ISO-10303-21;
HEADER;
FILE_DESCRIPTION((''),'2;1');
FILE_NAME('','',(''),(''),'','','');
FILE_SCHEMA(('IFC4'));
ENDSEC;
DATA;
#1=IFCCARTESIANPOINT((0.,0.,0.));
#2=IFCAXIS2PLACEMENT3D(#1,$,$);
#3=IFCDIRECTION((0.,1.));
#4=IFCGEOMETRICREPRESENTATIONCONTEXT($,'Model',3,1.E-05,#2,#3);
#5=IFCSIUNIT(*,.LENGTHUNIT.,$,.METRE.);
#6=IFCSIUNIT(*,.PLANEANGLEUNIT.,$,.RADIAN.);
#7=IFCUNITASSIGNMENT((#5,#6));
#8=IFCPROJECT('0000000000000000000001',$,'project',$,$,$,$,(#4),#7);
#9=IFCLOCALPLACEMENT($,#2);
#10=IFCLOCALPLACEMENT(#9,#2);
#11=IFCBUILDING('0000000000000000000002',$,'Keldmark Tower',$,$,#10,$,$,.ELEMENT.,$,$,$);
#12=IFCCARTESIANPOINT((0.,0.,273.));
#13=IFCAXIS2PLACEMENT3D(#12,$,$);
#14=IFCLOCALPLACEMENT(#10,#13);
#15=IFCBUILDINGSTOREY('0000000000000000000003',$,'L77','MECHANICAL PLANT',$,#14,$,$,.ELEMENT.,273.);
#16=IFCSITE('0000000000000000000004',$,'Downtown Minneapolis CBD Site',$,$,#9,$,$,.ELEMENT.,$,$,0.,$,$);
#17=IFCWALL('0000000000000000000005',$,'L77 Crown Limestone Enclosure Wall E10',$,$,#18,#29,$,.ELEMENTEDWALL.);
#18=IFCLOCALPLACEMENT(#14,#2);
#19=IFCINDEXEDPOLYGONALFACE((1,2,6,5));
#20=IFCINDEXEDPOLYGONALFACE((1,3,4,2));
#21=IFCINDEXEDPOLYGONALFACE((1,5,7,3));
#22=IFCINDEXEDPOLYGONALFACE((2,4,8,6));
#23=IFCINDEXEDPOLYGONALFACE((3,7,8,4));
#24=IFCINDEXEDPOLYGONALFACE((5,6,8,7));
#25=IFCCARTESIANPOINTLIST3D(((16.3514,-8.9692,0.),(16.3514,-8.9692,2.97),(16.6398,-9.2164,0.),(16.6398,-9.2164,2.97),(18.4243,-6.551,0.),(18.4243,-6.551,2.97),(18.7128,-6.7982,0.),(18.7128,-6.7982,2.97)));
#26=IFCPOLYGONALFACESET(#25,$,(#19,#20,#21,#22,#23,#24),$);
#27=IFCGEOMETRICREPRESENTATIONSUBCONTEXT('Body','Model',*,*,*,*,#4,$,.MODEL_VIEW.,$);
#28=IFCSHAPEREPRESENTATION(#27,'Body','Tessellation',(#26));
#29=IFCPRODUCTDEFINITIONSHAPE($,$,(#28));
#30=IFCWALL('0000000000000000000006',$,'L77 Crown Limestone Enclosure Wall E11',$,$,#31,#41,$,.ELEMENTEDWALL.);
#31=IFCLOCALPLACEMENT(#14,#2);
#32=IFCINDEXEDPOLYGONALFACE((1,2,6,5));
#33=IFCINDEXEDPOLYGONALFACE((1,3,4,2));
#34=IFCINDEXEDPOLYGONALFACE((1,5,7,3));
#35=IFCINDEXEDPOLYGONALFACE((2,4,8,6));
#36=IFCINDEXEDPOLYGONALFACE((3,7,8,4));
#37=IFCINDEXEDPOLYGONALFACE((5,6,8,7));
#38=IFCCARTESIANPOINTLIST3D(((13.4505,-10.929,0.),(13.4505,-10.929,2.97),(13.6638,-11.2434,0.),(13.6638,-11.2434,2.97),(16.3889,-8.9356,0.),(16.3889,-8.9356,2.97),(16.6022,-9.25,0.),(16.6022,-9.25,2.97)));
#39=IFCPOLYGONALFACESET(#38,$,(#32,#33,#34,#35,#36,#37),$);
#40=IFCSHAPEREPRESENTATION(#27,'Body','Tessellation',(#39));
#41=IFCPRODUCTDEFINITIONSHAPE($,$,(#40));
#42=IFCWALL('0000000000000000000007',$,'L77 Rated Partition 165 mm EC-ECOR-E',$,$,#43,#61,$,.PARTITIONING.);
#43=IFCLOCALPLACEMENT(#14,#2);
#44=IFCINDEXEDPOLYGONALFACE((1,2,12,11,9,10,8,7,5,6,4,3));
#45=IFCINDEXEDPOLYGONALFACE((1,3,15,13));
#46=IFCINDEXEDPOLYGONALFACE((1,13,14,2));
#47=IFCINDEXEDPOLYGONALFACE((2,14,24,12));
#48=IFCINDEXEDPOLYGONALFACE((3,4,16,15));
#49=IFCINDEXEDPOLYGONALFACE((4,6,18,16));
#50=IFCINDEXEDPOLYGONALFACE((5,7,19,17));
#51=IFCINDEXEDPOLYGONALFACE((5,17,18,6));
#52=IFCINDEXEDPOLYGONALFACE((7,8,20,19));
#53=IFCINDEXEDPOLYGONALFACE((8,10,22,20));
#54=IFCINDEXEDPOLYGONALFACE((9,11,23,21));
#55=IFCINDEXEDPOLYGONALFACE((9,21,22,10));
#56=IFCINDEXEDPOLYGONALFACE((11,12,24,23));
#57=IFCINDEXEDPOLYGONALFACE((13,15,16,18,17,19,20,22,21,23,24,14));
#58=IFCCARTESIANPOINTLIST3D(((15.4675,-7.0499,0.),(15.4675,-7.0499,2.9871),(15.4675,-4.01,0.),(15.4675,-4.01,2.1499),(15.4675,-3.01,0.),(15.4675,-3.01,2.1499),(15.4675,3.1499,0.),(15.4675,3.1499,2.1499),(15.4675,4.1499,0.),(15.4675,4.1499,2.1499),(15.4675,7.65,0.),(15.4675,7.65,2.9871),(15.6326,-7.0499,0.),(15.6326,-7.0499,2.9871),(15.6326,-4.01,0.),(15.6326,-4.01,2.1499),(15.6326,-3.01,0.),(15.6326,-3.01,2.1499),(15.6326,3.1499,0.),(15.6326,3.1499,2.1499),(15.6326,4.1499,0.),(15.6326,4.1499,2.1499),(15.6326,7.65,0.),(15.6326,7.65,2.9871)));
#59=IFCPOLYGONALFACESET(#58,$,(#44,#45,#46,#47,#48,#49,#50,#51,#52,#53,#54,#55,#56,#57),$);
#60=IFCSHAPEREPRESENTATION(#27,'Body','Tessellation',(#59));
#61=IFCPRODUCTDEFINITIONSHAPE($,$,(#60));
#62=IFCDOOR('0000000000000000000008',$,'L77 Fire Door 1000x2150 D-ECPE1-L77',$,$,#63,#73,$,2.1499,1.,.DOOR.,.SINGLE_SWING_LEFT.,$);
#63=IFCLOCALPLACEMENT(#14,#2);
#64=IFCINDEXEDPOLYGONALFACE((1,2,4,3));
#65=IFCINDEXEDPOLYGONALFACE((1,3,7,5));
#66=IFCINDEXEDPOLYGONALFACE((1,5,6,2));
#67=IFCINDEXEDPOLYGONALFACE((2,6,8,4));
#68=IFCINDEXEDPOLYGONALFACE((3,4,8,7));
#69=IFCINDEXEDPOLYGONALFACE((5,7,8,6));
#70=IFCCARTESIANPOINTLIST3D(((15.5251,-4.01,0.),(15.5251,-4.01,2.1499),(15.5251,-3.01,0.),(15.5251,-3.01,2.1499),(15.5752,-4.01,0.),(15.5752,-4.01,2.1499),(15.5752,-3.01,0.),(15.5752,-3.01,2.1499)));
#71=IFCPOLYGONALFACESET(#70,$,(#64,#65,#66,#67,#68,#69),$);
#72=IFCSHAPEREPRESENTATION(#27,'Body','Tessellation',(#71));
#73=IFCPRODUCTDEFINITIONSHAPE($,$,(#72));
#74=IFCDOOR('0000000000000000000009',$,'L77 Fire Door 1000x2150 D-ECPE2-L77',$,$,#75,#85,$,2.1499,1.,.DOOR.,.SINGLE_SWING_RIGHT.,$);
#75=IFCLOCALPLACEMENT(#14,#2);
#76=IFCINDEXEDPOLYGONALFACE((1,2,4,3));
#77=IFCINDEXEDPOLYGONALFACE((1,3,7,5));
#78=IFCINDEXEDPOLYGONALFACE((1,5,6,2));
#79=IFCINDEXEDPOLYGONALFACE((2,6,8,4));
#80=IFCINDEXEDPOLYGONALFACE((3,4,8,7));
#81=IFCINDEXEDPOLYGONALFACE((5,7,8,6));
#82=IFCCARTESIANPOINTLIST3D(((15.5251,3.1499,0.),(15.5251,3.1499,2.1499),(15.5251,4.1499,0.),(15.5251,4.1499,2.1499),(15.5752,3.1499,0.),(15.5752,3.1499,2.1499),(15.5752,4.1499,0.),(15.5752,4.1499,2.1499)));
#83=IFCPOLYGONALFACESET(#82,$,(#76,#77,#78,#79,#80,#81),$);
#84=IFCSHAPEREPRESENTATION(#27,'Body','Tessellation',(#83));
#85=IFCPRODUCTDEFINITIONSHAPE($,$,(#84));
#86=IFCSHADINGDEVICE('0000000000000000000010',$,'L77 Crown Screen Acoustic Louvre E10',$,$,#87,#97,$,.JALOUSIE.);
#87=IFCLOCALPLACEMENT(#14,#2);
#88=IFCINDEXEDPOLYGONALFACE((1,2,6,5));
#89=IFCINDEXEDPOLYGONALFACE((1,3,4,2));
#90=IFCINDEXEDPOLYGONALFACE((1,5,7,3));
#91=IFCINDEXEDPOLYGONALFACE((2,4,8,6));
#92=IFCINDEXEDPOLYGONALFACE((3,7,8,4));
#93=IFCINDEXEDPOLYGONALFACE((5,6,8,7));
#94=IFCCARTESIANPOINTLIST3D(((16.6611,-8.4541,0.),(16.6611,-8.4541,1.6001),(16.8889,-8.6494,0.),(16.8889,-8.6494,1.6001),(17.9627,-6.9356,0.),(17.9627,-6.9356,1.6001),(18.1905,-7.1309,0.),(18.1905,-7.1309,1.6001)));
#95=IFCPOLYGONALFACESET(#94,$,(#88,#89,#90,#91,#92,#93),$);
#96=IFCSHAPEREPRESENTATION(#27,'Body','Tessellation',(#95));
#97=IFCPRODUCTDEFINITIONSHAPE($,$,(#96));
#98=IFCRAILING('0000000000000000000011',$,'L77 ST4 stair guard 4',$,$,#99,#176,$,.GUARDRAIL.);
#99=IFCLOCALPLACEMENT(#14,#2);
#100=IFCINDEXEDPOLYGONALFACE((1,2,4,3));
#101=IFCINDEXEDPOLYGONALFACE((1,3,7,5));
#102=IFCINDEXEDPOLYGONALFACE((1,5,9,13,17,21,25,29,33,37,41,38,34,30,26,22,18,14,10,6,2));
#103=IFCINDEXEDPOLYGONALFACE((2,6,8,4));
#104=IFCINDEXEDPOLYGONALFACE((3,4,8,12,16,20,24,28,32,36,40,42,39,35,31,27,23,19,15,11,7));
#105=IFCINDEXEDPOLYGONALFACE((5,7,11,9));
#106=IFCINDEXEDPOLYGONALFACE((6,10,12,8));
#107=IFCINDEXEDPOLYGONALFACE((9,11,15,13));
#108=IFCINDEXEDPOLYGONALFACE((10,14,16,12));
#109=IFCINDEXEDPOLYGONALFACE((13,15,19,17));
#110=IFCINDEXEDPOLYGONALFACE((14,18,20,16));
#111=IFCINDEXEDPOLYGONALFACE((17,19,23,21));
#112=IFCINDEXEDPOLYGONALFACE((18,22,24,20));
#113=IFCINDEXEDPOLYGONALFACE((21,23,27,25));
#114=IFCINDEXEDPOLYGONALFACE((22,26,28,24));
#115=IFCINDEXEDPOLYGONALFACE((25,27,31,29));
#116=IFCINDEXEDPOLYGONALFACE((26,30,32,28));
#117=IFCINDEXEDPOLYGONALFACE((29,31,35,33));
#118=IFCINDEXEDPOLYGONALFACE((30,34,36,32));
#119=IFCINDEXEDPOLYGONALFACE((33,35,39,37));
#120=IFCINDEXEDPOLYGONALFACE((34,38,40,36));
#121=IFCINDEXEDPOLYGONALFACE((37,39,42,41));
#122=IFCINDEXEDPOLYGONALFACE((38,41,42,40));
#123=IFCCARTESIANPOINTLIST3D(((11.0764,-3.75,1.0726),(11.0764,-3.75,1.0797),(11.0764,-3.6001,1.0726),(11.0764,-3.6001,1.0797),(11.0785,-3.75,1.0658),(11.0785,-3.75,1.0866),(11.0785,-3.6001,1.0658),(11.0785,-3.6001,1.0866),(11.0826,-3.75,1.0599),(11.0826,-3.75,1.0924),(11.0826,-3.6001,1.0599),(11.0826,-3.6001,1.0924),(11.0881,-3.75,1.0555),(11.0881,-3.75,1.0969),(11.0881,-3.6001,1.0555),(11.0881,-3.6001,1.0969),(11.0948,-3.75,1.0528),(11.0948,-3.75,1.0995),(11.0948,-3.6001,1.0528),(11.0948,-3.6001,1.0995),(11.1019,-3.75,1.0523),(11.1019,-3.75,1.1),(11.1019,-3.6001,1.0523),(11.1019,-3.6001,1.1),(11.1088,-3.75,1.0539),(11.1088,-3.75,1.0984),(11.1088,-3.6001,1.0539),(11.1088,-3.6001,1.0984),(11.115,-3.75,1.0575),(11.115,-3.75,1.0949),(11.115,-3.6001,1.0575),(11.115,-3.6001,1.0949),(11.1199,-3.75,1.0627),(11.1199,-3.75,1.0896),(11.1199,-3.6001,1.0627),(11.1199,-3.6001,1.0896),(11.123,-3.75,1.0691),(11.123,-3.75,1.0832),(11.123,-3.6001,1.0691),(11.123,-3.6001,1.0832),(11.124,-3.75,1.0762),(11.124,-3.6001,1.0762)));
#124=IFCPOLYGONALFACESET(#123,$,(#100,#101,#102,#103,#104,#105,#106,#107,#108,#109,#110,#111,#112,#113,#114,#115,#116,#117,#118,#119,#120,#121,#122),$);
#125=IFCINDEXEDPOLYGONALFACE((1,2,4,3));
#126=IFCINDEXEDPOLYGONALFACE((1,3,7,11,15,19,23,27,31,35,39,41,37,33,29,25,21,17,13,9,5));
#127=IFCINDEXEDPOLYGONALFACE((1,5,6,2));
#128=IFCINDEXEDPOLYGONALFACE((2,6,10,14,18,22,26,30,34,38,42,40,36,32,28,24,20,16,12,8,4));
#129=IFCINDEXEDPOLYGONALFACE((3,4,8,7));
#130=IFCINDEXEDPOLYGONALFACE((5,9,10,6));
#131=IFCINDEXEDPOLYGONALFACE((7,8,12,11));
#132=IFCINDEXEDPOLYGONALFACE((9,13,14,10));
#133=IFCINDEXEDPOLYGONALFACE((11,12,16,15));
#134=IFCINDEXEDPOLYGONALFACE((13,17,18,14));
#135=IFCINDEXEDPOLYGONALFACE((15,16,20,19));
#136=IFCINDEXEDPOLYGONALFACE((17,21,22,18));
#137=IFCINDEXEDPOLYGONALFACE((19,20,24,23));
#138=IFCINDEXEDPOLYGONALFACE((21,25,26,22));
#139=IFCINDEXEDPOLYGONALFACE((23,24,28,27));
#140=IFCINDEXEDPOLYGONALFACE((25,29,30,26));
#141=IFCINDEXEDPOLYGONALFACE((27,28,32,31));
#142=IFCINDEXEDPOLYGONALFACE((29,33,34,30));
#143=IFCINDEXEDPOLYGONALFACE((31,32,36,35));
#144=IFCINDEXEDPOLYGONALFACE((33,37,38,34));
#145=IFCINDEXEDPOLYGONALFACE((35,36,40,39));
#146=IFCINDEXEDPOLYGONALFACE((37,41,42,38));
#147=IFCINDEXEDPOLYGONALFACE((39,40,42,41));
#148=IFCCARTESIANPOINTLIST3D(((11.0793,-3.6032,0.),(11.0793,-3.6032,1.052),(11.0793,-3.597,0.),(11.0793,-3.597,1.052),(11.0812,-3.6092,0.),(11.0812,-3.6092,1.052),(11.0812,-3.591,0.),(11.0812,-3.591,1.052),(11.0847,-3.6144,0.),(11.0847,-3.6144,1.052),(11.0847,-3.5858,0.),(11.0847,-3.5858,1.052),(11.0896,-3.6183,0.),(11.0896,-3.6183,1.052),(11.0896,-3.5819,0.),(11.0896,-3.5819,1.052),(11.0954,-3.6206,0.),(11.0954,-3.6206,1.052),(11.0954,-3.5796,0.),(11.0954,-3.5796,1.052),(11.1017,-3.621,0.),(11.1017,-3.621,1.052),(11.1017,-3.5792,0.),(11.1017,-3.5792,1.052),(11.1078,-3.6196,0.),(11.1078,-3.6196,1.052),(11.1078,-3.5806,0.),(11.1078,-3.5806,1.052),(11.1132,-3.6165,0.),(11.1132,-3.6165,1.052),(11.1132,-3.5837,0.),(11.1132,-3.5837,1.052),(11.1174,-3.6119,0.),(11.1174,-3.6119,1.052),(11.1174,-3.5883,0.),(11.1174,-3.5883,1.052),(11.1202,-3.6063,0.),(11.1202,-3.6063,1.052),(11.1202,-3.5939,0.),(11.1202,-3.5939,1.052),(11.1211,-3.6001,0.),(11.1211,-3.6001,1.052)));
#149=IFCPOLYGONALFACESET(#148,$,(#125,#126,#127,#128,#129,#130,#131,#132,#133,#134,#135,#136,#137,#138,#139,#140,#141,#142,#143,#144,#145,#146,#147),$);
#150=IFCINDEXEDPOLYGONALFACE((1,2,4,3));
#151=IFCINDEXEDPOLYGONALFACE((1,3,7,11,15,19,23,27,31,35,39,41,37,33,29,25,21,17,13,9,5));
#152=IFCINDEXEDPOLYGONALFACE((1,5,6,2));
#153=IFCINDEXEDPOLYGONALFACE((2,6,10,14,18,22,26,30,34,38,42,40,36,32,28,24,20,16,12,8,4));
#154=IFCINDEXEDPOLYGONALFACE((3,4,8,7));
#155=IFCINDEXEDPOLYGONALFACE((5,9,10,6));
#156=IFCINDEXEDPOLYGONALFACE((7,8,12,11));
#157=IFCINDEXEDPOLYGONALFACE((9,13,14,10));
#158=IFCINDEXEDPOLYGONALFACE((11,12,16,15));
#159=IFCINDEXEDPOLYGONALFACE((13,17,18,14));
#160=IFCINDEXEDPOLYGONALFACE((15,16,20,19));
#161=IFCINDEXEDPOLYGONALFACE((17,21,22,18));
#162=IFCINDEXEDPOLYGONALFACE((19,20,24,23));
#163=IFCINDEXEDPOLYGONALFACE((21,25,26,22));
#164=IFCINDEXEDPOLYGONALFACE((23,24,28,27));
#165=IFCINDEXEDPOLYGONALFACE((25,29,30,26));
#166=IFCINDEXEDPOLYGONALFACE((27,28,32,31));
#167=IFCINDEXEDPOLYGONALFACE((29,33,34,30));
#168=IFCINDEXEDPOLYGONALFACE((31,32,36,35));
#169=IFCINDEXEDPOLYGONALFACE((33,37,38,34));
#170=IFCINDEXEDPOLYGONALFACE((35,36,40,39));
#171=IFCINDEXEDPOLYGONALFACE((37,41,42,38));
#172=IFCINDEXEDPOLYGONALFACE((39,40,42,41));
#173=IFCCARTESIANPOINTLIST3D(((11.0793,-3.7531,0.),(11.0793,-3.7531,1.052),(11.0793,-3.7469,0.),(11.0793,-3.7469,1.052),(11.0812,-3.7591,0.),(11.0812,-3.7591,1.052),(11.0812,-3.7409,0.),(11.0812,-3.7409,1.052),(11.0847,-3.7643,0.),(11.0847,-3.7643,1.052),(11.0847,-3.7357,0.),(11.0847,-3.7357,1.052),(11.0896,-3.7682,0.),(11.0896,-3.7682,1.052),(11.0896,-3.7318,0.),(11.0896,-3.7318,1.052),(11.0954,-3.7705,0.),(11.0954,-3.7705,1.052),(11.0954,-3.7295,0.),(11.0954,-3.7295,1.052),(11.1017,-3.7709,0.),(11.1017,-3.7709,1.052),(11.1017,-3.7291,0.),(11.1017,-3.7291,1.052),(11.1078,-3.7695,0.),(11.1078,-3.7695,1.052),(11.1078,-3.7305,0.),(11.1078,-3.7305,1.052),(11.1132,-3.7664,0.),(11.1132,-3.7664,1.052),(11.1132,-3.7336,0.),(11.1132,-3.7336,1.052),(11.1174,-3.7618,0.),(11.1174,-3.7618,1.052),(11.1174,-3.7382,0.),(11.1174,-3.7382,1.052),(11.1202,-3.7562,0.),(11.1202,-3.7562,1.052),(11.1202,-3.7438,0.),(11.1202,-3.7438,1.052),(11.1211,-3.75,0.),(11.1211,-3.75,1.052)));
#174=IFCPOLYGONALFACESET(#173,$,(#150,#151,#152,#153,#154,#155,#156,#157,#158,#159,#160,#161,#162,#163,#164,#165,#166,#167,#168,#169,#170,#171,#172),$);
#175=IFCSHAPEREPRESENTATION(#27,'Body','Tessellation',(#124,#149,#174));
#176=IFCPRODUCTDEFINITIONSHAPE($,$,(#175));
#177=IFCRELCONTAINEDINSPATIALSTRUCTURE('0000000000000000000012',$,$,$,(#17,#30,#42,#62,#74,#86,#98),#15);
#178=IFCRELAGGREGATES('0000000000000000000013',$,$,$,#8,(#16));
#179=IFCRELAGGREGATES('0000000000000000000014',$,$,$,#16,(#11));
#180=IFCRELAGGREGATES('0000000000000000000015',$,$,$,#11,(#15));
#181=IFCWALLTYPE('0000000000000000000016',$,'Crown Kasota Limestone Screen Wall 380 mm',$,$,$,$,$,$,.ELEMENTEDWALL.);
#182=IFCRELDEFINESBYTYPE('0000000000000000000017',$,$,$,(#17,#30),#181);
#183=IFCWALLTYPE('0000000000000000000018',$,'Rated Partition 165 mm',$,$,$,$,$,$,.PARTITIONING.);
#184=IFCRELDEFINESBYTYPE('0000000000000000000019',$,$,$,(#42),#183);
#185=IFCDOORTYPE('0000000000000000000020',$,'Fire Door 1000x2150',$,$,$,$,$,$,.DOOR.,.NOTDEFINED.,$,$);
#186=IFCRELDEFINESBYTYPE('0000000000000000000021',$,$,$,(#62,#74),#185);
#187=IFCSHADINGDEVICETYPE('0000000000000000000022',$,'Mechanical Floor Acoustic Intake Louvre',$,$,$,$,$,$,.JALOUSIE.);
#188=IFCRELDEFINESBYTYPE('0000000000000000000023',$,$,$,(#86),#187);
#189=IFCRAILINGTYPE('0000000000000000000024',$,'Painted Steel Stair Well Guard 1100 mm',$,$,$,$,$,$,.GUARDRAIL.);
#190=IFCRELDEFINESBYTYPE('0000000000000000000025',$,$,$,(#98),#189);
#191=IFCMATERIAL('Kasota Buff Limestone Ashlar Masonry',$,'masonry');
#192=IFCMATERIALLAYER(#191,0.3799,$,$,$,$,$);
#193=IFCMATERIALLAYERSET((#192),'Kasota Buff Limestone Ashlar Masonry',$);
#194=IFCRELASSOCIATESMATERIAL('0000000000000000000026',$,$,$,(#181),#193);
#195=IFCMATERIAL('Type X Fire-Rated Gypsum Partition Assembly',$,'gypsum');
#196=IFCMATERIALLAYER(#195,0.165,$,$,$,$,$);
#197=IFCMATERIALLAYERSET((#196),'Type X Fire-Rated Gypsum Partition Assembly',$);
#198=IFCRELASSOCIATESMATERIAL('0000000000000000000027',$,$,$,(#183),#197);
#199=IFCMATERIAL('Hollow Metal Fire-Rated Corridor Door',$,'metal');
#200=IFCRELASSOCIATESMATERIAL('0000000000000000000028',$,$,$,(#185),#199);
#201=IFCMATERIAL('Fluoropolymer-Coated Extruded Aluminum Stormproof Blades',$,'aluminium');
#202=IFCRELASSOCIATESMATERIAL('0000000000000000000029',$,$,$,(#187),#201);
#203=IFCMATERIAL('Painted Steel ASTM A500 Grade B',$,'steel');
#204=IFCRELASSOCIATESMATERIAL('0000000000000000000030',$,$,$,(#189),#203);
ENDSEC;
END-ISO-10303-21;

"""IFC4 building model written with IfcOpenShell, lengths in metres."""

from ifc_helpers import new_model, si_unit, direction, frame, frame_2d, origin, origin_2d, place, context, subcontext, project, spatial, rectangle, circle, extrude, material, layer, layer_set, type_object, element, fill, save


model = new_model("IFC4")

# Units and contexts
model_context = context("Model", 3, precision=1e-05, world=origin(), true_north=direction((0.0, 1.0)))
body_context = subcontext(model_context, "Body", "Model", "MODEL_VIEW")
ifc_project = project(units=[si_unit("LENGTHUNIT", "METRE"), si_unit("PLANEANGLEUNIT", "RADIAN")], contexts=[model_context])

# Site, building, storey
site_placement = place(None, origin())
site = spatial("IfcSite", under=ifc_project, at=site_placement, Name="Downtown Minneapolis CBD Site", CompositionType="ELEMENT", RefElevation=0.0)
building_placement = place(site_placement, origin())
building = spatial("IfcBuilding", under=site, at=building_placement, Name="Keldmark Tower", CompositionType="ELEMENT")
storey_placement = place(building_placement, frame((0.0, 0.0, 273.0)))
storey = spatial("IfcBuildingStorey", under=building, at=storey_placement, Name="L77", Description="MECHANICAL PLANT", CompositionType="ELEMENT", Elevation=273.0)

# Walls
ifc_material_1 = material(Name="Kasota Buff Limestone Ashlar Masonry", Category="masonry")
ifc_layer_1 = layer(ifc_material_1, 0.3799)
ifc_layer_set_1 = layer_set([ifc_layer_1], Name="Kasota Buff Limestone Ashlar Masonry")
wall_type_1 = type_object("IfcWallType", Name="Crown Kasota Limestone Screen Wall 380 mm", PredefinedType="ELEMENTEDWALL", material=ifc_layer_set_1)
wall_1_placement = place(storey_placement, frame((16.4956, -9.0928, 0.0), z_axis=(0.0, 0.0, 1.0), x_axis=(0.650836, 0.759219, 0.0)))
element("IfcWall", 1, at=wall_1_placement, inside=storey, type_object=wall_type_1, Name="L77 Crown Limestone Enclosure Wall E10", PredefinedType="ELEMENTEDWALL", context=body_context, shape_type="SweptSolid", body=[
    extrude(rectangle(XDim=3.1851, YDim=0.3799, at=frame_2d((1.5925, 0.0))), origin(), (0.0, 0.0, 1.0), 2.97),
])
wall_2_placement = place(storey_placement, frame((13.5571, -11.0862, 0.0), z_axis=(0.0, 0.0, 1.0), x_axis=(0.827549, 0.561394, 0.0)))
element("IfcWall", 2, at=wall_2_placement, inside=storey, type_object=wall_type_1, Name="L77 Crown Limestone Enclosure Wall E11", PredefinedType="ELEMENTEDWALL", context=body_context, shape_type="SweptSolid", body=[
    extrude(rectangle(XDim=3.5508, YDim=0.3799, at=frame_2d((1.7754, 0.0))), origin(), (0.0, 0.0, 1.0), 2.97),
])

# Wall, openings, doors
ifc_material_2 = material(Name="Type X Fire-Rated Gypsum Partition Assembly", Category="gypsum")
ifc_layer_2 = layer(ifc_material_2, 0.165)
ifc_layer_set_2 = layer_set([ifc_layer_2], Name="Type X Fire-Rated Gypsum Partition Assembly")
wall_type_2 = type_object("IfcWallType", Name="Rated Partition 165 mm", PredefinedType="PARTITIONING", material=ifc_layer_set_2)
wall_3_placement = place(storey_placement, frame((15.55, -7.05, 0.0), z_axis=(0.0, 0.0, 1.0), x_axis=(0.0, 1.0, 0.0)))
wall_3 = element("IfcWall", 3, at=wall_3_placement, inside=storey, type_object=wall_type_2, Name="L77 Rated Partition 165 mm EC-ECOR-E", PredefinedType="PARTITIONING", context=body_context, shape_type="SweptSolid", body=[
    extrude(rectangle(XDim=14.7, YDim=0.165, at=frame_2d((7.3501, 0.0))), origin(), (0.0, 0.0, 1.0), 2.9871),
])
opening_1_placement = place(wall_3_placement, frame((3.04, 0.0, 0.0)))
opening_1 = element("IfcOpeningElement", 4, at=opening_1_placement, cuts=wall_3, PredefinedType="OPENING", context=body_context, shape_type="SweptSolid", body=[
    extrude(rectangle(XDim=1.0, YDim=2.1499, at=frame_2d((0.5, 1.075))), frame((0.0, 0.0925, 0.0), z_axis=(0.0, -1.0, 0.0), x_axis=(1.0, 0.0, 0.0)), (0.0, 0.0, 1.0), 0.1851),
])
opening_2_placement = place(wall_3_placement, frame((10.2, 0.0, 0.0)))
opening_2 = element("IfcOpeningElement", 5, at=opening_2_placement, cuts=wall_3, PredefinedType="OPENING", context=body_context, shape_type="SweptSolid", body=[
    extrude(rectangle(XDim=1.0, YDim=2.1499, at=frame_2d((0.5, 1.075))), frame((0.0, 0.0925, 0.0), z_axis=(0.0, -1.0, 0.0), x_axis=(1.0, 0.0, 0.0)), (0.0, 0.0, 1.0), 0.1851),
])
ifc_material_3 = material(Name="Hollow Metal Fire-Rated Corridor Door", Category="metal")
door_type_1 = type_object("IfcDoorType", Name="Fire Door 1000x2150", OperationType="NOTDEFINED", PredefinedType="DOOR", material=ifc_material_3)
door_1_placement = place(opening_1_placement, origin())
door_1 = element("IfcDoor", 6, at=door_1_placement, inside=storey, type_object=door_type_1, Name="L77 Fire Door 1000x2150 D-ECPE1-L77", OperationType="SINGLE_SWING_LEFT", OverallHeight=2.1499, OverallWidth=1.0, PredefinedType="DOOR", context=body_context, shape_type="SweptSolid", body=[
    extrude(rectangle(XDim=1.0, YDim=2.1499, at=frame_2d((0.5, 1.075))), frame((0.0, 0.0249, 0.0), z_axis=(0.0, -1.0, 0.0), x_axis=(1.0, 0.0, 0.0)), (0.0, 0.0, 1.0), 0.05),
])
fill(opening_1, door_1)
door_2_placement = place(opening_2_placement, origin())
door_2 = element("IfcDoor", 7, at=door_2_placement, inside=storey, type_object=door_type_1, Name="L77 Fire Door 1000x2150 D-ECPE2-L77", OperationType="SINGLE_SWING_RIGHT", OverallHeight=2.1499, OverallWidth=1.0, PredefinedType="DOOR", context=body_context, shape_type="SweptSolid", body=[
    extrude(rectangle(XDim=1.0, YDim=2.1499, at=frame_2d((0.5, 1.075))), frame((0.0, 0.0249, 0.0), z_axis=(0.0, -1.0, 0.0), x_axis=(1.0, 0.0, 0.0)), (0.0, 0.0, 1.0), 0.05),
])
fill(opening_2, door_2)

# Shading device
ifc_material_4 = material(Name="Fluoropolymer-Coated Extruded Aluminum Stormproof Blades", Category="aluminium")
shading_device_type = type_object("IfcShadingDeviceType", Name="Mechanical Floor Acoustic Intake Louvre", PredefinedType="JALOUSIE", material=ifc_material_4)
shading_device_placement = place(storey_placement, frame((17.4258, -7.7925, 0.0), z_axis=(0.0, 0.0, 1.0), x_axis=(0.650801, 0.759249, 0.0)))
element("IfcShadingDevice", 8, at=shading_device_placement, inside=storey, type_object=shading_device_type, Name="L77 Crown Screen Acoustic Louvre E10", PredefinedType="JALOUSIE", context=body_context, shape_type="SweptSolid", body=[
    extrude(rectangle(XDim=2.0, YDim=0.3, at=origin_2d()), origin(), (0.0, 0.0, 1.0), 1.6001),
])

# Railing
ifc_material_5 = material(Name="Painted Steel ASTM A500 Grade B", Category="steel")
railing_type = type_object("IfcRailingType", Name="Painted Steel Stair Well Guard 1100 mm", PredefinedType="GUARDRAIL", material=ifc_material_5)
railing_placement = place(storey_placement, frame((11.1001, -3.6001, 0.0)))
element("IfcRailing", 9, at=railing_placement, inside=storey, type_object=railing_type, Name="L77 ST4 stair guard 4", PredefinedType="GUARDRAIL", context=body_context, shape_type="SweptSolid", body=[
    extrude(circle(Radius=0.0239, at=origin_2d()), frame((0.0, 0.0, 1.0762), z_axis=(0.0, -1.0, 0.0), x_axis=(1.0, 0.0, 0.0)), (0.0, 0.0, 1.0), 0.1499),
    extrude(circle(Radius=0.021, at=origin_2d()), origin(), (0.0, 0.0, 1.0), 1.052),
    extrude(circle(Radius=0.021, at=origin_2d()), frame((0.0, -0.1499, 0.0)), (0.0, 0.0, 1.0), 1.052),
])

save(model, "model.ifc")
